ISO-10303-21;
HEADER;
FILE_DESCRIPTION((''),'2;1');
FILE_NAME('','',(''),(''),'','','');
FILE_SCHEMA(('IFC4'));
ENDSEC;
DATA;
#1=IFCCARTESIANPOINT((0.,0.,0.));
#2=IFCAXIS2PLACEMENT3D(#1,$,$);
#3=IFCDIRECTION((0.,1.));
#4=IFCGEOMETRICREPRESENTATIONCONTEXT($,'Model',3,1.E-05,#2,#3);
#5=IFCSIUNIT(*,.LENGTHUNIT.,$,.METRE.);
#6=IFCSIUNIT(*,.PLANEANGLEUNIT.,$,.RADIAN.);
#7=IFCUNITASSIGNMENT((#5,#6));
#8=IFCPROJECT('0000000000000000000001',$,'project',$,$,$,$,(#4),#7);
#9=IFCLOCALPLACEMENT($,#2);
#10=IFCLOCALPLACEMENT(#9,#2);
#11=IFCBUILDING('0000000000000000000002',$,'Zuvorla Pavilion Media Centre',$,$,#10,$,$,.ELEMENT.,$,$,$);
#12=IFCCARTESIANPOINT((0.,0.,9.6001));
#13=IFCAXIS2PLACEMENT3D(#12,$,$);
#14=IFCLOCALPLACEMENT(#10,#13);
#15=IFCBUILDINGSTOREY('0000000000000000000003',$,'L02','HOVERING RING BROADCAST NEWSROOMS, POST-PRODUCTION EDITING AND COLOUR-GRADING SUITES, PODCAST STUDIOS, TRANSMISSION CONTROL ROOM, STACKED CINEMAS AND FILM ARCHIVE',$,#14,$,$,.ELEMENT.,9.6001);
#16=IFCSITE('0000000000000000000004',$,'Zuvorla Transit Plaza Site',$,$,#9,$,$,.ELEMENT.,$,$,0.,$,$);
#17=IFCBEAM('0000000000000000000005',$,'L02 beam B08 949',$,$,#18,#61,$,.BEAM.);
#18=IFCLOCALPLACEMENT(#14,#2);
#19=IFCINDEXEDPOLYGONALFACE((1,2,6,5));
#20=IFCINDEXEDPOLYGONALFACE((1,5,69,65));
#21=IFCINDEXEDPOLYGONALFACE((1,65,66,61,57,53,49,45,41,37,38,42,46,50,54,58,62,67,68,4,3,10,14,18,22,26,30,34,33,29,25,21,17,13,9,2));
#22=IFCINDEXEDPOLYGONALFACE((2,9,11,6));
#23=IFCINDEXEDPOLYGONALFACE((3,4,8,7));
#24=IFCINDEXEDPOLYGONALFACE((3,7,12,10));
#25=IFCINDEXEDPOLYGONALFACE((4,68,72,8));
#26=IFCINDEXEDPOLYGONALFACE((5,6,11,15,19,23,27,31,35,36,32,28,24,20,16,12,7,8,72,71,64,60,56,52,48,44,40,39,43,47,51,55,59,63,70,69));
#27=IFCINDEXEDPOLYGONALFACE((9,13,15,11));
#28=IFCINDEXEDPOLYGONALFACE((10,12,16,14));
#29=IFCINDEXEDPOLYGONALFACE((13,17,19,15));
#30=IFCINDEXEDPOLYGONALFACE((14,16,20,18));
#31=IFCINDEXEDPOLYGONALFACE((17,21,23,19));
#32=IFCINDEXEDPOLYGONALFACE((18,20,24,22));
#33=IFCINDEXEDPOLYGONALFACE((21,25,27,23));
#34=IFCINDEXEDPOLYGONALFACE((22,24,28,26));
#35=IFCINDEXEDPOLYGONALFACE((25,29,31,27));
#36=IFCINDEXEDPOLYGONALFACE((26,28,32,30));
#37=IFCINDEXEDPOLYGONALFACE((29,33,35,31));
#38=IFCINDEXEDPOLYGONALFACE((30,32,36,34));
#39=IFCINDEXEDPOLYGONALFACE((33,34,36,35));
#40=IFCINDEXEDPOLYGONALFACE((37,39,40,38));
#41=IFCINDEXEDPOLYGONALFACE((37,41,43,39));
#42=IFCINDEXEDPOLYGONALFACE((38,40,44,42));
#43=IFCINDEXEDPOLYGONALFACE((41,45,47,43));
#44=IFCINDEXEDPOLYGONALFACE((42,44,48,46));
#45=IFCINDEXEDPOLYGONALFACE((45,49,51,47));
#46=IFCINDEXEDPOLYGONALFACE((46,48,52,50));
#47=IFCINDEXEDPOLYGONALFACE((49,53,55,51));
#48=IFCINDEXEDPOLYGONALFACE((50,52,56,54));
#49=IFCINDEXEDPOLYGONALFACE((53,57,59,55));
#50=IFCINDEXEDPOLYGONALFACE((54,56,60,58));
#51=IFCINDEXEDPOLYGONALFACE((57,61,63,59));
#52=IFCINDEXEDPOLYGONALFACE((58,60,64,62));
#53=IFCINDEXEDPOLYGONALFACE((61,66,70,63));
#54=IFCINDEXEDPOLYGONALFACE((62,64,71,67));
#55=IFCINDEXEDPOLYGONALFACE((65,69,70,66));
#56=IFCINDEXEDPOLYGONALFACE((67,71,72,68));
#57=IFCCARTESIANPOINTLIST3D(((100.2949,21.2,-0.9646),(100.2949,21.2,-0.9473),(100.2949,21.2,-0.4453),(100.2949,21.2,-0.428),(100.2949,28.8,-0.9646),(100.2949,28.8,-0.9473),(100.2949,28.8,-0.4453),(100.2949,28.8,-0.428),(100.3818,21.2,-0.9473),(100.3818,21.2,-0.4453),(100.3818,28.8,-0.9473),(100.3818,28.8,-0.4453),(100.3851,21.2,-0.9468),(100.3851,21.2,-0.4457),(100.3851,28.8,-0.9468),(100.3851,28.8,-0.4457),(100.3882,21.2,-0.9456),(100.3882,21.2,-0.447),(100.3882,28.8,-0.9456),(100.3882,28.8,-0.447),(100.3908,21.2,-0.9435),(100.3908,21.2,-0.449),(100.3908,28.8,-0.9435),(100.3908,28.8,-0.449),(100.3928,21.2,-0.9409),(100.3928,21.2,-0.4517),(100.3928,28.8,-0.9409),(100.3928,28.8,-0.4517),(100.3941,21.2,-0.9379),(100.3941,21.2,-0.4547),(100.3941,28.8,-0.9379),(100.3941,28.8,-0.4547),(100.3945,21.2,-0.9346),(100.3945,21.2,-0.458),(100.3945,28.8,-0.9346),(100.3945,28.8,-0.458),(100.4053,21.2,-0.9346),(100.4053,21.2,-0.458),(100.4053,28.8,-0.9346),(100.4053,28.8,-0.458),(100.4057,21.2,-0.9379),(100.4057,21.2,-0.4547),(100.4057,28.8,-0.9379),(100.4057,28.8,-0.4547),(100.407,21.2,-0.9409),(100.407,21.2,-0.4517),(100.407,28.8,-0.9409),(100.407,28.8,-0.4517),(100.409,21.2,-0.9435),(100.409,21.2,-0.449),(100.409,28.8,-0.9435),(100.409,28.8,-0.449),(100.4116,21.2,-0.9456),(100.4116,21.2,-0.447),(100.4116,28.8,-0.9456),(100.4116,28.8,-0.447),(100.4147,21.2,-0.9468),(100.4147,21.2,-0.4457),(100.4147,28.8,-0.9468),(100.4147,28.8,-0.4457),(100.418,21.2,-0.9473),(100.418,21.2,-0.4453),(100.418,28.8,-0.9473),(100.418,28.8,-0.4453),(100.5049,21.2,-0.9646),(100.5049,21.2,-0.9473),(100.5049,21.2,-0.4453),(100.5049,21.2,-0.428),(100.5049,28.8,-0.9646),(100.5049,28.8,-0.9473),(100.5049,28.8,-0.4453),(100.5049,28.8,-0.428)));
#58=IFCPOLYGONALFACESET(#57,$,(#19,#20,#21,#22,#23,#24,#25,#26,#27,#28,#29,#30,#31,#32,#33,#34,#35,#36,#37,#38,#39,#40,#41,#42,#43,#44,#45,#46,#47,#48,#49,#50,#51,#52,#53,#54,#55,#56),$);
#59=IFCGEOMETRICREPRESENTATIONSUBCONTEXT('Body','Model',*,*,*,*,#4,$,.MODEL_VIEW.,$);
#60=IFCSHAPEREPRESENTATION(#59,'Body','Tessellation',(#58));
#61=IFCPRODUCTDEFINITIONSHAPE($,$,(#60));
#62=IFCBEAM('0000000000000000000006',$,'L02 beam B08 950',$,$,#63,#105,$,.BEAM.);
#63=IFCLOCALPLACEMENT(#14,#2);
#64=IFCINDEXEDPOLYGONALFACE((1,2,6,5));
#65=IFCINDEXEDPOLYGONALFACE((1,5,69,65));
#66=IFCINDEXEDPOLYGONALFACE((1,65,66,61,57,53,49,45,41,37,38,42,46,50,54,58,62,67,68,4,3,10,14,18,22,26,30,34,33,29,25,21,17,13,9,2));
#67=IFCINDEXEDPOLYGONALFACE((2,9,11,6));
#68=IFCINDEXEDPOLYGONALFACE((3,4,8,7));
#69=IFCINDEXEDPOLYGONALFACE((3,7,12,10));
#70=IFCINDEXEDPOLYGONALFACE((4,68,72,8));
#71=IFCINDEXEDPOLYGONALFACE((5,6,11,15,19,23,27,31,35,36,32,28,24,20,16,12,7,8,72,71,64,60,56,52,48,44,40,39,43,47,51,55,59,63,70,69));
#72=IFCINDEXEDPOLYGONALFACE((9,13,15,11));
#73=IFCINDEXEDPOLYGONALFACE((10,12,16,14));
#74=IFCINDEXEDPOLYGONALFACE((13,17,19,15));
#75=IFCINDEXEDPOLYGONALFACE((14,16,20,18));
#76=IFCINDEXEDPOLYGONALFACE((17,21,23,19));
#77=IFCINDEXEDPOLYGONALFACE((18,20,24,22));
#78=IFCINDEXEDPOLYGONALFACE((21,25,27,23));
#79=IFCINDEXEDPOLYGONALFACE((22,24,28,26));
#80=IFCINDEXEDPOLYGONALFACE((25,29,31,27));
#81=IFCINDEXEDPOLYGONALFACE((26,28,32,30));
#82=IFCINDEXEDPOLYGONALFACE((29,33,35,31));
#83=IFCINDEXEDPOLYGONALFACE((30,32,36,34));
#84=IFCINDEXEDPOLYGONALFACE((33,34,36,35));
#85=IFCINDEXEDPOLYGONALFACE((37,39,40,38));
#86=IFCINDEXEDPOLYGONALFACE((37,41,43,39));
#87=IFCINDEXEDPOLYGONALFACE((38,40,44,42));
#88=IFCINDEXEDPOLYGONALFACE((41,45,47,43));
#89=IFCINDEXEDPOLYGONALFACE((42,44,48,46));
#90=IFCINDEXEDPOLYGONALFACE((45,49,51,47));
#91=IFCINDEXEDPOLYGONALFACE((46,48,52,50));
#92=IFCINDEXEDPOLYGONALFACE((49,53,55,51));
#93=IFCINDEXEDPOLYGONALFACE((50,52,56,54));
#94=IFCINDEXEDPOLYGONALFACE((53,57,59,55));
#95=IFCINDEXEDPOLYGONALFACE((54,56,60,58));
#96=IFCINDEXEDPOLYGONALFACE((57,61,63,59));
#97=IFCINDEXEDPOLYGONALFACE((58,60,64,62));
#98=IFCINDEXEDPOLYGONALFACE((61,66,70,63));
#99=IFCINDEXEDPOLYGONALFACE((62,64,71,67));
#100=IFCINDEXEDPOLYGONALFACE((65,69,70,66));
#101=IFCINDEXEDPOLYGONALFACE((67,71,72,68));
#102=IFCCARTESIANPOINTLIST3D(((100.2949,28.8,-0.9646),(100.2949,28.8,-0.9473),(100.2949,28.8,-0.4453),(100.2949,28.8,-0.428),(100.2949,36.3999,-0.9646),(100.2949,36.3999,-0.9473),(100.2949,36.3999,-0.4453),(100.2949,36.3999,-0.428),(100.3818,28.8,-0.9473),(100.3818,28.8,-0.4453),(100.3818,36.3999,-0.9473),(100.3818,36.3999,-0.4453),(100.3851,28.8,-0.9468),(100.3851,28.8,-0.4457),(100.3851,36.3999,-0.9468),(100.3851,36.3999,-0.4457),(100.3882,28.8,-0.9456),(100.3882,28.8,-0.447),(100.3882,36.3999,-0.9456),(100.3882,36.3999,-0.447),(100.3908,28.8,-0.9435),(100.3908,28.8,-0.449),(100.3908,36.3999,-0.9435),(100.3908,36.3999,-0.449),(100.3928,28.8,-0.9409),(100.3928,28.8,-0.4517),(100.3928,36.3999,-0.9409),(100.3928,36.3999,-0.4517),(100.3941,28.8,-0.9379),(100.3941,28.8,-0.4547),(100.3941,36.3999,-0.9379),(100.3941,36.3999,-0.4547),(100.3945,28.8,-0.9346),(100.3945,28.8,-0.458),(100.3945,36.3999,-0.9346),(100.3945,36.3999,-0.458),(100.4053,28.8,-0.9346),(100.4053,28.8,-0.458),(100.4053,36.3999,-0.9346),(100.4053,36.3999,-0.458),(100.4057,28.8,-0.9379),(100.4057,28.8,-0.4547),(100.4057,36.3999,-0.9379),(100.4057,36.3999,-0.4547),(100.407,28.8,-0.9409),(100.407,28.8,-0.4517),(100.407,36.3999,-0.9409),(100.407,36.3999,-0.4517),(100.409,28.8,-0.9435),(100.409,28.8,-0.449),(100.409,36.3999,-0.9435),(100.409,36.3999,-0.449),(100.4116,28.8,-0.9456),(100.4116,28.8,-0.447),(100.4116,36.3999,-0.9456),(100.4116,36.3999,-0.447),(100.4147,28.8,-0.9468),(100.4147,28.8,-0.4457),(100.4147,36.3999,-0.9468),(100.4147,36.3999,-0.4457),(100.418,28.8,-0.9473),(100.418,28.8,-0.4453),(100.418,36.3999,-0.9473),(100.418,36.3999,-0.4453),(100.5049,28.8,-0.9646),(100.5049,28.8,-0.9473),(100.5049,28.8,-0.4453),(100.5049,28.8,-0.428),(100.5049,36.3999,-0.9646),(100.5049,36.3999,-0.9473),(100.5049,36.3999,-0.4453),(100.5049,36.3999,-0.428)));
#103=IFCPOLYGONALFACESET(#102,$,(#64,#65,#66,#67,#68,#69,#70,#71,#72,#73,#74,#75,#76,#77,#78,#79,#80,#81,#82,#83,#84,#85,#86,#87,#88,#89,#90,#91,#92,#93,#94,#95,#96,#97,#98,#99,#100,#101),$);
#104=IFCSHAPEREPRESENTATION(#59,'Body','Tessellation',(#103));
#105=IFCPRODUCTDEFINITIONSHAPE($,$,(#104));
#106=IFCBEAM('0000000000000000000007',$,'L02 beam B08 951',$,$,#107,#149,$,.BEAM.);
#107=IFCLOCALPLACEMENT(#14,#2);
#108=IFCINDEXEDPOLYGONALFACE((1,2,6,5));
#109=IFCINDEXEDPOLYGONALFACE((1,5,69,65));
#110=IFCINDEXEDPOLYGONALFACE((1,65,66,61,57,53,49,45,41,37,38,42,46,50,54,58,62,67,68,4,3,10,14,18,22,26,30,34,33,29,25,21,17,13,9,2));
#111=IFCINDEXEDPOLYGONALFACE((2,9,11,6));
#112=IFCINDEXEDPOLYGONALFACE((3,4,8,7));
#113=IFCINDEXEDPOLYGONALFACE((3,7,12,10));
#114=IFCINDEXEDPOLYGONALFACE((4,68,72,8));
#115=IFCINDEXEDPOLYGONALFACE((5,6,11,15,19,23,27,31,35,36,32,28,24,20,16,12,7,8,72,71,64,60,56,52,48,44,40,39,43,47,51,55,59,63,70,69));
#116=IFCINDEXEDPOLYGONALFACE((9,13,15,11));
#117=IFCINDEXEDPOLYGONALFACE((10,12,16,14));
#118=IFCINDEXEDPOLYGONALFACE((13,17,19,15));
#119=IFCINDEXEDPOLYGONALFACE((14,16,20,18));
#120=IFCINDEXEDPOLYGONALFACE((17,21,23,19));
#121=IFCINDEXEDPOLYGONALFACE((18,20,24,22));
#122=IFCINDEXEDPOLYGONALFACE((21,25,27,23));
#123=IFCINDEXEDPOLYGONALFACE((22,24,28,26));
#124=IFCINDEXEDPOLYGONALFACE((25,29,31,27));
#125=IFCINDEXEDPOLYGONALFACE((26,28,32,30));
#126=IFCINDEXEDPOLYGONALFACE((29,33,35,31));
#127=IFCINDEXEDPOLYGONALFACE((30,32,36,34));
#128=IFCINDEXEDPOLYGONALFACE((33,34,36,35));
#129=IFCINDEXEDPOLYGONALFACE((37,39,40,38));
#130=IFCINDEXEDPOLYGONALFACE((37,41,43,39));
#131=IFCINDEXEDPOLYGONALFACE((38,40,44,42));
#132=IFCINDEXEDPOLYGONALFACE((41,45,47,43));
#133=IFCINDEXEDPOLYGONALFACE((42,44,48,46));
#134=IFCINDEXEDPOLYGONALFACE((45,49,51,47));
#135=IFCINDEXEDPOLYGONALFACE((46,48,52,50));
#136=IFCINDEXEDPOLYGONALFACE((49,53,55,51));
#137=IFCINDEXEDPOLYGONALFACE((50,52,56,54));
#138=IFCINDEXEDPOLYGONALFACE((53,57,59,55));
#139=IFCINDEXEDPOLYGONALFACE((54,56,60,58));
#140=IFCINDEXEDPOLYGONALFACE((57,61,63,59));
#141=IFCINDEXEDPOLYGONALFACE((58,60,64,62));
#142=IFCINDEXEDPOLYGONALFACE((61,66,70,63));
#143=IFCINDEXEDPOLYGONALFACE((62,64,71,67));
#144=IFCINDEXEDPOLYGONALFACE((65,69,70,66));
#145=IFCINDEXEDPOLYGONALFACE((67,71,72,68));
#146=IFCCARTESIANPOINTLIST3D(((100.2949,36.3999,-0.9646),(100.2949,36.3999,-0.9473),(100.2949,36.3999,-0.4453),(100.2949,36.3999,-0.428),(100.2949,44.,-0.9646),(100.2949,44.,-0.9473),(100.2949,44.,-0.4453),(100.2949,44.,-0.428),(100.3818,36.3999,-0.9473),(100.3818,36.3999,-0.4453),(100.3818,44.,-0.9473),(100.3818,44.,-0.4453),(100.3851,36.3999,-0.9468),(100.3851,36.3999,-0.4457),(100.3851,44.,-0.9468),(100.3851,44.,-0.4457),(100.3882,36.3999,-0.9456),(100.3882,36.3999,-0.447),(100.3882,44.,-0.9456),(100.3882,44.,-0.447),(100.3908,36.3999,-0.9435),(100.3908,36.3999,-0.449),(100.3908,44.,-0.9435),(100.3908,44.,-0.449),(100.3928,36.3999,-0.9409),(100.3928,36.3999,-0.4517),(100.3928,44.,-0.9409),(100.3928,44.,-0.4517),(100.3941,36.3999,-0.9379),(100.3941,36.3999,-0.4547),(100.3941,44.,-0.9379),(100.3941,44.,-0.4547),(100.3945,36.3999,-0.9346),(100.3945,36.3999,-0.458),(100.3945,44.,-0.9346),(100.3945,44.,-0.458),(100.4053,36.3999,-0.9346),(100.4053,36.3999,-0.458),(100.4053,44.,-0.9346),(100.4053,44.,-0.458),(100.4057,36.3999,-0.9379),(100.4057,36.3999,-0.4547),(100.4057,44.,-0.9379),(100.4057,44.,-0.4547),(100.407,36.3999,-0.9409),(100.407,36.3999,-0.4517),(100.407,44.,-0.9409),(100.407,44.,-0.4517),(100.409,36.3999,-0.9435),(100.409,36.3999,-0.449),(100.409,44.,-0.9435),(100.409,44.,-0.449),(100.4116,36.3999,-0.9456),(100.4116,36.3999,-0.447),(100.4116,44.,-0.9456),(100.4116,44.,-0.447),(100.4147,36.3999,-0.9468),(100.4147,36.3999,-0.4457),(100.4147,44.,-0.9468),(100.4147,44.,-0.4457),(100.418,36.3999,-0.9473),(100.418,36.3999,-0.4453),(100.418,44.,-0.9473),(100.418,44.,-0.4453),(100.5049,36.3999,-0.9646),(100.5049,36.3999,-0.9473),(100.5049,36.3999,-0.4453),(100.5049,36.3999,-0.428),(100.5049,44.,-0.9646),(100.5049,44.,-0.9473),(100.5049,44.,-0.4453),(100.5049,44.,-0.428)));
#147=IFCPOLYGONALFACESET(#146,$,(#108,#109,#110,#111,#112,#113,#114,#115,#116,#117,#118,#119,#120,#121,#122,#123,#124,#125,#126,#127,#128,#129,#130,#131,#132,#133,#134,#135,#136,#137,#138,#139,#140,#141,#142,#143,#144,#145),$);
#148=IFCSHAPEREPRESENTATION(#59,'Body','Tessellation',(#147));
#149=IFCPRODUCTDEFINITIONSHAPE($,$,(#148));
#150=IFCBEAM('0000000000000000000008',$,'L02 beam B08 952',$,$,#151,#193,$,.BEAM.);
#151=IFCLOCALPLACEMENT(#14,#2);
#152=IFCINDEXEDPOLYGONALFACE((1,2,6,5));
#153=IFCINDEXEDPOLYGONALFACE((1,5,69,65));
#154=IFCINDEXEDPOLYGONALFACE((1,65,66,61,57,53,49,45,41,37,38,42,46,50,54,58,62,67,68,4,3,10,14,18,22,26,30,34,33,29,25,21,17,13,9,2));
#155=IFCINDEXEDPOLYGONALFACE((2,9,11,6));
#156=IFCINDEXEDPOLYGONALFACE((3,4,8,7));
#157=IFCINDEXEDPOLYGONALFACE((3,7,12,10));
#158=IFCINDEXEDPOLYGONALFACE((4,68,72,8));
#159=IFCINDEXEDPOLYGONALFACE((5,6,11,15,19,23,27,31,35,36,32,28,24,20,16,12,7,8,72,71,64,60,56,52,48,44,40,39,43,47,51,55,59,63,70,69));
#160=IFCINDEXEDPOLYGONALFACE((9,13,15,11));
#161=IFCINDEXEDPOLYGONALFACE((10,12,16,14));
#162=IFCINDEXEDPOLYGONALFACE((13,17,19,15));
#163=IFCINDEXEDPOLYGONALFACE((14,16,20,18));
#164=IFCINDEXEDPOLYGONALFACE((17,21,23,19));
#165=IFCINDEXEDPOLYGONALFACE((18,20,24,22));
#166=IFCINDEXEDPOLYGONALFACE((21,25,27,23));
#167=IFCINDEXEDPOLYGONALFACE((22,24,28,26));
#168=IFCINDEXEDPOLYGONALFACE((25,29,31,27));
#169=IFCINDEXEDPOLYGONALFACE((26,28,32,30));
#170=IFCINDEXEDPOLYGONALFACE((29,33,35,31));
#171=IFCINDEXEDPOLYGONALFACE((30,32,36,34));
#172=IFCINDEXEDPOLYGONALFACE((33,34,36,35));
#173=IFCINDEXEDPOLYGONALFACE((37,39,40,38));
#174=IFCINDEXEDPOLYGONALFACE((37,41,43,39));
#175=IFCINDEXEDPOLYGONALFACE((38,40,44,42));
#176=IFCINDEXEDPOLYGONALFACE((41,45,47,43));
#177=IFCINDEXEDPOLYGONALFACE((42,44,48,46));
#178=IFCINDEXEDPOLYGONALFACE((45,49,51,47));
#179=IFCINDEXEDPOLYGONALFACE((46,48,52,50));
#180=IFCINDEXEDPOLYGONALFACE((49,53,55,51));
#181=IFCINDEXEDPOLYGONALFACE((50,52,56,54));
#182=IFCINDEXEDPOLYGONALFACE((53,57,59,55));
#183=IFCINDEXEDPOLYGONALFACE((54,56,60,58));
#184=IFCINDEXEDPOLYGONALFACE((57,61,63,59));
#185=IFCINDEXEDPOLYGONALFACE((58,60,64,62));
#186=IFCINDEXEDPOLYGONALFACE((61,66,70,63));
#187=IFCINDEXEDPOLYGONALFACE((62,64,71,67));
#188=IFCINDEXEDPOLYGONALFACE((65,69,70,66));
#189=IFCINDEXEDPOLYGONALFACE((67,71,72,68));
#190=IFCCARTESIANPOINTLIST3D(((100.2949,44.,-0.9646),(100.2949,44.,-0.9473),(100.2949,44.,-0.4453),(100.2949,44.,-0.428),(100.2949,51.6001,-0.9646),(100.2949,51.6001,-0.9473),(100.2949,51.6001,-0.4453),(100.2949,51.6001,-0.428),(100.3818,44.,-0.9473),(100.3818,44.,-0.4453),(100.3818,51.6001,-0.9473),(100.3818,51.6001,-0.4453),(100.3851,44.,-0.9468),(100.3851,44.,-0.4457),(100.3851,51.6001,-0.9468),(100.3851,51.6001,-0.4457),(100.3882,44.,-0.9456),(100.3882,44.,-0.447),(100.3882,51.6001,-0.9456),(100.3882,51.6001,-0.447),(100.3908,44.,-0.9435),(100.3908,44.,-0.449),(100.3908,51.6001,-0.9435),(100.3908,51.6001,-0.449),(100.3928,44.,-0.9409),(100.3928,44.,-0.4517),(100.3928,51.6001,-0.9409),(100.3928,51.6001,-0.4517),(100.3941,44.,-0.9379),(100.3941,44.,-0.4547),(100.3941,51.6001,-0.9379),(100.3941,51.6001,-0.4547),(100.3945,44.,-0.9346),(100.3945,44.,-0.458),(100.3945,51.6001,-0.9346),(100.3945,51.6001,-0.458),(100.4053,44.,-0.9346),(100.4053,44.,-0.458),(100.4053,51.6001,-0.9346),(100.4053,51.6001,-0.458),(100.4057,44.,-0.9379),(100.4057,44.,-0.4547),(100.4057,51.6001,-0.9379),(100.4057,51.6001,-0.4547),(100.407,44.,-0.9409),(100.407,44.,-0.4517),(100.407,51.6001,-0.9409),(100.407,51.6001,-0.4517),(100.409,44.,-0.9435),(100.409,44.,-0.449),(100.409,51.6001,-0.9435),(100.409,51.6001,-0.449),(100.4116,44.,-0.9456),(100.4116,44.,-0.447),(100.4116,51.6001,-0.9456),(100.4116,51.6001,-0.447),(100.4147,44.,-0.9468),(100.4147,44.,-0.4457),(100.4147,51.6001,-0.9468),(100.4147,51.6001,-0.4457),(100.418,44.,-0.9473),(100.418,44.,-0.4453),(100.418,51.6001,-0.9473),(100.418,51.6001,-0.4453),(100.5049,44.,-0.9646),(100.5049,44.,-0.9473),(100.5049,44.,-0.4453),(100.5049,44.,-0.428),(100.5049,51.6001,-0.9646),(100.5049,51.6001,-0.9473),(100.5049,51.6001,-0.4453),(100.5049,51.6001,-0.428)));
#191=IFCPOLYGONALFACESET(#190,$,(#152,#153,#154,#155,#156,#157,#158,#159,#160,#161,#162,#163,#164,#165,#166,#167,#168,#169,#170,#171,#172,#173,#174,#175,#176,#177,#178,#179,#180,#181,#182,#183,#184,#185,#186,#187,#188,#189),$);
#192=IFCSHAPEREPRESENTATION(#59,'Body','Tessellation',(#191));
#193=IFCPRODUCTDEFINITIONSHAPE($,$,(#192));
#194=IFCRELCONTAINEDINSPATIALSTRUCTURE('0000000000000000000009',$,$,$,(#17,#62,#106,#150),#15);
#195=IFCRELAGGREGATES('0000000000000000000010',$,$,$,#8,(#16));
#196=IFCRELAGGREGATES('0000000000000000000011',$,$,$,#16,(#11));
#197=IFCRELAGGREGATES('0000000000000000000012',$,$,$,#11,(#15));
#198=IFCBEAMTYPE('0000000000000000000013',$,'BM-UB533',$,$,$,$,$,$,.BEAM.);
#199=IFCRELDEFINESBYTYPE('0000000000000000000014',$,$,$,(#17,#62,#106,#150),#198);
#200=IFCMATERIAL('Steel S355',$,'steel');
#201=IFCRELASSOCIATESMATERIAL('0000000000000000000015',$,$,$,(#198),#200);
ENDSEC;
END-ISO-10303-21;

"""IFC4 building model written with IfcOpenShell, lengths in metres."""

from ifc_helpers import new_model, si_unit, direction, frame, origin, origin_2d, place, context, subcontext, project, spatial, i_section, extrude, material, material_profile, profile_set, type_object, element, save


model = new_model("IFC4")

# Units and contexts
model_context = context("Model", 3, precision=1e-05, world=origin(), true_north=direction((0.0, 1.0)))
body_context = subcontext(model_context, "Body", "Model", "MODEL_VIEW")
ifc_project = project(units=[si_unit("LENGTHUNIT", "METRE"), si_unit("PLANEANGLEUNIT", "RADIAN")], contexts=[model_context])

# Site, building, storey
site_placement = place(None, origin())
site = spatial("IfcSite", under=ifc_project, at=site_placement, Name="Zuvorla Transit Plaza Site", CompositionType="ELEMENT", RefElevation=0.0)
building_placement = place(site_placement, origin())
building = spatial("IfcBuilding", under=site, at=building_placement, Name="Zuvorla Pavilion Media Centre", CompositionType="ELEMENT")
storey_placement = place(building_placement, frame((0.0, 0.0, 9.6001)))
storey = spatial("IfcBuildingStorey", under=building, at=storey_placement, Name="L02", Description="HOVERING RING BROADCAST NEWSROOMS, POST-PRODUCTION EDITING AND COLOUR-GRADING SUITES, PODCAST STUDIOS, TRANSMISSION CONTROL ROOM, STACKED CINEMAS AND FILM ARCHIVE", CompositionType="ELEMENT", Elevation=9.6001)

# Beams
ifc_material_1 = material(Name="Steel S355", Category="steel")
ifc_material_profile_1 = material_profile(ifc_material_1, i_section(OverallWidth=0.21, OverallDepth=0.5366, WebThickness=0.0107, FlangeThickness=0.0173, FilletRadius=0.0127, at=origin_2d()), Name="UB 533x210x101")
ifc_profile_set_1 = profile_set([ifc_material_profile_1], Name="Steel S355")
beam_type_1 = type_object("IfcBeamType", Name="BM-UB533", PredefinedType="BEAM", material=ifc_profile_set_1)
beam_1_placement = place(storey_placement, frame((100.3999, 21.2, -0.6963), z_axis=(0.0, 1.0, 0.0), x_axis=(-1.0, 0.0, 0.0)))
element("IfcBeam", 1, at=beam_1_placement, inside=storey, type_object=beam_type_1, Name="L02 beam B08 949", PredefinedType="BEAM", context=body_context, shape_type="SweptSolid", body=[
    extrude(i_section(OverallWidth=0.21, OverallDepth=0.5366, WebThickness=0.0107, FlangeThickness=0.0173, FilletRadius=0.0127, at=origin_2d()), origin(), (0.0, 0.0, 1.0), 7.6001),
])
beam_2_placement = place(storey_placement, frame((100.3999, 28.8, -0.6963), z_axis=(0.0, 1.0, 0.0), x_axis=(-1.0, 0.0, 0.0)))
element("IfcBeam", 2, at=beam_2_placement, inside=storey, type_object=beam_type_1, Name="L02 beam B08 950", PredefinedType="BEAM", context=body_context, shape_type="SweptSolid", body=[
    extrude(i_section(OverallWidth=0.21, OverallDepth=0.5366, WebThickness=0.0107, FlangeThickness=0.0173, FilletRadius=0.0127, at=origin_2d()), origin(), (0.0, 0.0, 1.0), 7.5999),
])
for number, where, z_axis, x_axis, name in (
    (3, (100.3999, 36.3999, -0.6963), (0.0, 1.0, 0.0), (-1.0, 0.0, 0.0), "L02 beam B08 951"),
    (4, (100.3999, 44.0, -0.6963), (0.0, 1.0, 0.0), (-1.0, 0.0, 0.0), "L02 beam B08 952"),
):
    element("IfcBeam", number, at=place(storey_placement, frame(where, z_axis=z_axis, x_axis=x_axis)), inside=storey, type_object=beam_type_1, Name=name, PredefinedType="BEAM", context=body_context, shape_type="SweptSolid", body=[
        extrude(i_section(OverallWidth=0.21, OverallDepth=0.5366, WebThickness=0.0107, FlangeThickness=0.0173, FilletRadius=0.0127, at=origin_2d()), origin(), (0.0, 0.0, 1.0), 7.6001),
    ])

save(model, "model.ifc")
